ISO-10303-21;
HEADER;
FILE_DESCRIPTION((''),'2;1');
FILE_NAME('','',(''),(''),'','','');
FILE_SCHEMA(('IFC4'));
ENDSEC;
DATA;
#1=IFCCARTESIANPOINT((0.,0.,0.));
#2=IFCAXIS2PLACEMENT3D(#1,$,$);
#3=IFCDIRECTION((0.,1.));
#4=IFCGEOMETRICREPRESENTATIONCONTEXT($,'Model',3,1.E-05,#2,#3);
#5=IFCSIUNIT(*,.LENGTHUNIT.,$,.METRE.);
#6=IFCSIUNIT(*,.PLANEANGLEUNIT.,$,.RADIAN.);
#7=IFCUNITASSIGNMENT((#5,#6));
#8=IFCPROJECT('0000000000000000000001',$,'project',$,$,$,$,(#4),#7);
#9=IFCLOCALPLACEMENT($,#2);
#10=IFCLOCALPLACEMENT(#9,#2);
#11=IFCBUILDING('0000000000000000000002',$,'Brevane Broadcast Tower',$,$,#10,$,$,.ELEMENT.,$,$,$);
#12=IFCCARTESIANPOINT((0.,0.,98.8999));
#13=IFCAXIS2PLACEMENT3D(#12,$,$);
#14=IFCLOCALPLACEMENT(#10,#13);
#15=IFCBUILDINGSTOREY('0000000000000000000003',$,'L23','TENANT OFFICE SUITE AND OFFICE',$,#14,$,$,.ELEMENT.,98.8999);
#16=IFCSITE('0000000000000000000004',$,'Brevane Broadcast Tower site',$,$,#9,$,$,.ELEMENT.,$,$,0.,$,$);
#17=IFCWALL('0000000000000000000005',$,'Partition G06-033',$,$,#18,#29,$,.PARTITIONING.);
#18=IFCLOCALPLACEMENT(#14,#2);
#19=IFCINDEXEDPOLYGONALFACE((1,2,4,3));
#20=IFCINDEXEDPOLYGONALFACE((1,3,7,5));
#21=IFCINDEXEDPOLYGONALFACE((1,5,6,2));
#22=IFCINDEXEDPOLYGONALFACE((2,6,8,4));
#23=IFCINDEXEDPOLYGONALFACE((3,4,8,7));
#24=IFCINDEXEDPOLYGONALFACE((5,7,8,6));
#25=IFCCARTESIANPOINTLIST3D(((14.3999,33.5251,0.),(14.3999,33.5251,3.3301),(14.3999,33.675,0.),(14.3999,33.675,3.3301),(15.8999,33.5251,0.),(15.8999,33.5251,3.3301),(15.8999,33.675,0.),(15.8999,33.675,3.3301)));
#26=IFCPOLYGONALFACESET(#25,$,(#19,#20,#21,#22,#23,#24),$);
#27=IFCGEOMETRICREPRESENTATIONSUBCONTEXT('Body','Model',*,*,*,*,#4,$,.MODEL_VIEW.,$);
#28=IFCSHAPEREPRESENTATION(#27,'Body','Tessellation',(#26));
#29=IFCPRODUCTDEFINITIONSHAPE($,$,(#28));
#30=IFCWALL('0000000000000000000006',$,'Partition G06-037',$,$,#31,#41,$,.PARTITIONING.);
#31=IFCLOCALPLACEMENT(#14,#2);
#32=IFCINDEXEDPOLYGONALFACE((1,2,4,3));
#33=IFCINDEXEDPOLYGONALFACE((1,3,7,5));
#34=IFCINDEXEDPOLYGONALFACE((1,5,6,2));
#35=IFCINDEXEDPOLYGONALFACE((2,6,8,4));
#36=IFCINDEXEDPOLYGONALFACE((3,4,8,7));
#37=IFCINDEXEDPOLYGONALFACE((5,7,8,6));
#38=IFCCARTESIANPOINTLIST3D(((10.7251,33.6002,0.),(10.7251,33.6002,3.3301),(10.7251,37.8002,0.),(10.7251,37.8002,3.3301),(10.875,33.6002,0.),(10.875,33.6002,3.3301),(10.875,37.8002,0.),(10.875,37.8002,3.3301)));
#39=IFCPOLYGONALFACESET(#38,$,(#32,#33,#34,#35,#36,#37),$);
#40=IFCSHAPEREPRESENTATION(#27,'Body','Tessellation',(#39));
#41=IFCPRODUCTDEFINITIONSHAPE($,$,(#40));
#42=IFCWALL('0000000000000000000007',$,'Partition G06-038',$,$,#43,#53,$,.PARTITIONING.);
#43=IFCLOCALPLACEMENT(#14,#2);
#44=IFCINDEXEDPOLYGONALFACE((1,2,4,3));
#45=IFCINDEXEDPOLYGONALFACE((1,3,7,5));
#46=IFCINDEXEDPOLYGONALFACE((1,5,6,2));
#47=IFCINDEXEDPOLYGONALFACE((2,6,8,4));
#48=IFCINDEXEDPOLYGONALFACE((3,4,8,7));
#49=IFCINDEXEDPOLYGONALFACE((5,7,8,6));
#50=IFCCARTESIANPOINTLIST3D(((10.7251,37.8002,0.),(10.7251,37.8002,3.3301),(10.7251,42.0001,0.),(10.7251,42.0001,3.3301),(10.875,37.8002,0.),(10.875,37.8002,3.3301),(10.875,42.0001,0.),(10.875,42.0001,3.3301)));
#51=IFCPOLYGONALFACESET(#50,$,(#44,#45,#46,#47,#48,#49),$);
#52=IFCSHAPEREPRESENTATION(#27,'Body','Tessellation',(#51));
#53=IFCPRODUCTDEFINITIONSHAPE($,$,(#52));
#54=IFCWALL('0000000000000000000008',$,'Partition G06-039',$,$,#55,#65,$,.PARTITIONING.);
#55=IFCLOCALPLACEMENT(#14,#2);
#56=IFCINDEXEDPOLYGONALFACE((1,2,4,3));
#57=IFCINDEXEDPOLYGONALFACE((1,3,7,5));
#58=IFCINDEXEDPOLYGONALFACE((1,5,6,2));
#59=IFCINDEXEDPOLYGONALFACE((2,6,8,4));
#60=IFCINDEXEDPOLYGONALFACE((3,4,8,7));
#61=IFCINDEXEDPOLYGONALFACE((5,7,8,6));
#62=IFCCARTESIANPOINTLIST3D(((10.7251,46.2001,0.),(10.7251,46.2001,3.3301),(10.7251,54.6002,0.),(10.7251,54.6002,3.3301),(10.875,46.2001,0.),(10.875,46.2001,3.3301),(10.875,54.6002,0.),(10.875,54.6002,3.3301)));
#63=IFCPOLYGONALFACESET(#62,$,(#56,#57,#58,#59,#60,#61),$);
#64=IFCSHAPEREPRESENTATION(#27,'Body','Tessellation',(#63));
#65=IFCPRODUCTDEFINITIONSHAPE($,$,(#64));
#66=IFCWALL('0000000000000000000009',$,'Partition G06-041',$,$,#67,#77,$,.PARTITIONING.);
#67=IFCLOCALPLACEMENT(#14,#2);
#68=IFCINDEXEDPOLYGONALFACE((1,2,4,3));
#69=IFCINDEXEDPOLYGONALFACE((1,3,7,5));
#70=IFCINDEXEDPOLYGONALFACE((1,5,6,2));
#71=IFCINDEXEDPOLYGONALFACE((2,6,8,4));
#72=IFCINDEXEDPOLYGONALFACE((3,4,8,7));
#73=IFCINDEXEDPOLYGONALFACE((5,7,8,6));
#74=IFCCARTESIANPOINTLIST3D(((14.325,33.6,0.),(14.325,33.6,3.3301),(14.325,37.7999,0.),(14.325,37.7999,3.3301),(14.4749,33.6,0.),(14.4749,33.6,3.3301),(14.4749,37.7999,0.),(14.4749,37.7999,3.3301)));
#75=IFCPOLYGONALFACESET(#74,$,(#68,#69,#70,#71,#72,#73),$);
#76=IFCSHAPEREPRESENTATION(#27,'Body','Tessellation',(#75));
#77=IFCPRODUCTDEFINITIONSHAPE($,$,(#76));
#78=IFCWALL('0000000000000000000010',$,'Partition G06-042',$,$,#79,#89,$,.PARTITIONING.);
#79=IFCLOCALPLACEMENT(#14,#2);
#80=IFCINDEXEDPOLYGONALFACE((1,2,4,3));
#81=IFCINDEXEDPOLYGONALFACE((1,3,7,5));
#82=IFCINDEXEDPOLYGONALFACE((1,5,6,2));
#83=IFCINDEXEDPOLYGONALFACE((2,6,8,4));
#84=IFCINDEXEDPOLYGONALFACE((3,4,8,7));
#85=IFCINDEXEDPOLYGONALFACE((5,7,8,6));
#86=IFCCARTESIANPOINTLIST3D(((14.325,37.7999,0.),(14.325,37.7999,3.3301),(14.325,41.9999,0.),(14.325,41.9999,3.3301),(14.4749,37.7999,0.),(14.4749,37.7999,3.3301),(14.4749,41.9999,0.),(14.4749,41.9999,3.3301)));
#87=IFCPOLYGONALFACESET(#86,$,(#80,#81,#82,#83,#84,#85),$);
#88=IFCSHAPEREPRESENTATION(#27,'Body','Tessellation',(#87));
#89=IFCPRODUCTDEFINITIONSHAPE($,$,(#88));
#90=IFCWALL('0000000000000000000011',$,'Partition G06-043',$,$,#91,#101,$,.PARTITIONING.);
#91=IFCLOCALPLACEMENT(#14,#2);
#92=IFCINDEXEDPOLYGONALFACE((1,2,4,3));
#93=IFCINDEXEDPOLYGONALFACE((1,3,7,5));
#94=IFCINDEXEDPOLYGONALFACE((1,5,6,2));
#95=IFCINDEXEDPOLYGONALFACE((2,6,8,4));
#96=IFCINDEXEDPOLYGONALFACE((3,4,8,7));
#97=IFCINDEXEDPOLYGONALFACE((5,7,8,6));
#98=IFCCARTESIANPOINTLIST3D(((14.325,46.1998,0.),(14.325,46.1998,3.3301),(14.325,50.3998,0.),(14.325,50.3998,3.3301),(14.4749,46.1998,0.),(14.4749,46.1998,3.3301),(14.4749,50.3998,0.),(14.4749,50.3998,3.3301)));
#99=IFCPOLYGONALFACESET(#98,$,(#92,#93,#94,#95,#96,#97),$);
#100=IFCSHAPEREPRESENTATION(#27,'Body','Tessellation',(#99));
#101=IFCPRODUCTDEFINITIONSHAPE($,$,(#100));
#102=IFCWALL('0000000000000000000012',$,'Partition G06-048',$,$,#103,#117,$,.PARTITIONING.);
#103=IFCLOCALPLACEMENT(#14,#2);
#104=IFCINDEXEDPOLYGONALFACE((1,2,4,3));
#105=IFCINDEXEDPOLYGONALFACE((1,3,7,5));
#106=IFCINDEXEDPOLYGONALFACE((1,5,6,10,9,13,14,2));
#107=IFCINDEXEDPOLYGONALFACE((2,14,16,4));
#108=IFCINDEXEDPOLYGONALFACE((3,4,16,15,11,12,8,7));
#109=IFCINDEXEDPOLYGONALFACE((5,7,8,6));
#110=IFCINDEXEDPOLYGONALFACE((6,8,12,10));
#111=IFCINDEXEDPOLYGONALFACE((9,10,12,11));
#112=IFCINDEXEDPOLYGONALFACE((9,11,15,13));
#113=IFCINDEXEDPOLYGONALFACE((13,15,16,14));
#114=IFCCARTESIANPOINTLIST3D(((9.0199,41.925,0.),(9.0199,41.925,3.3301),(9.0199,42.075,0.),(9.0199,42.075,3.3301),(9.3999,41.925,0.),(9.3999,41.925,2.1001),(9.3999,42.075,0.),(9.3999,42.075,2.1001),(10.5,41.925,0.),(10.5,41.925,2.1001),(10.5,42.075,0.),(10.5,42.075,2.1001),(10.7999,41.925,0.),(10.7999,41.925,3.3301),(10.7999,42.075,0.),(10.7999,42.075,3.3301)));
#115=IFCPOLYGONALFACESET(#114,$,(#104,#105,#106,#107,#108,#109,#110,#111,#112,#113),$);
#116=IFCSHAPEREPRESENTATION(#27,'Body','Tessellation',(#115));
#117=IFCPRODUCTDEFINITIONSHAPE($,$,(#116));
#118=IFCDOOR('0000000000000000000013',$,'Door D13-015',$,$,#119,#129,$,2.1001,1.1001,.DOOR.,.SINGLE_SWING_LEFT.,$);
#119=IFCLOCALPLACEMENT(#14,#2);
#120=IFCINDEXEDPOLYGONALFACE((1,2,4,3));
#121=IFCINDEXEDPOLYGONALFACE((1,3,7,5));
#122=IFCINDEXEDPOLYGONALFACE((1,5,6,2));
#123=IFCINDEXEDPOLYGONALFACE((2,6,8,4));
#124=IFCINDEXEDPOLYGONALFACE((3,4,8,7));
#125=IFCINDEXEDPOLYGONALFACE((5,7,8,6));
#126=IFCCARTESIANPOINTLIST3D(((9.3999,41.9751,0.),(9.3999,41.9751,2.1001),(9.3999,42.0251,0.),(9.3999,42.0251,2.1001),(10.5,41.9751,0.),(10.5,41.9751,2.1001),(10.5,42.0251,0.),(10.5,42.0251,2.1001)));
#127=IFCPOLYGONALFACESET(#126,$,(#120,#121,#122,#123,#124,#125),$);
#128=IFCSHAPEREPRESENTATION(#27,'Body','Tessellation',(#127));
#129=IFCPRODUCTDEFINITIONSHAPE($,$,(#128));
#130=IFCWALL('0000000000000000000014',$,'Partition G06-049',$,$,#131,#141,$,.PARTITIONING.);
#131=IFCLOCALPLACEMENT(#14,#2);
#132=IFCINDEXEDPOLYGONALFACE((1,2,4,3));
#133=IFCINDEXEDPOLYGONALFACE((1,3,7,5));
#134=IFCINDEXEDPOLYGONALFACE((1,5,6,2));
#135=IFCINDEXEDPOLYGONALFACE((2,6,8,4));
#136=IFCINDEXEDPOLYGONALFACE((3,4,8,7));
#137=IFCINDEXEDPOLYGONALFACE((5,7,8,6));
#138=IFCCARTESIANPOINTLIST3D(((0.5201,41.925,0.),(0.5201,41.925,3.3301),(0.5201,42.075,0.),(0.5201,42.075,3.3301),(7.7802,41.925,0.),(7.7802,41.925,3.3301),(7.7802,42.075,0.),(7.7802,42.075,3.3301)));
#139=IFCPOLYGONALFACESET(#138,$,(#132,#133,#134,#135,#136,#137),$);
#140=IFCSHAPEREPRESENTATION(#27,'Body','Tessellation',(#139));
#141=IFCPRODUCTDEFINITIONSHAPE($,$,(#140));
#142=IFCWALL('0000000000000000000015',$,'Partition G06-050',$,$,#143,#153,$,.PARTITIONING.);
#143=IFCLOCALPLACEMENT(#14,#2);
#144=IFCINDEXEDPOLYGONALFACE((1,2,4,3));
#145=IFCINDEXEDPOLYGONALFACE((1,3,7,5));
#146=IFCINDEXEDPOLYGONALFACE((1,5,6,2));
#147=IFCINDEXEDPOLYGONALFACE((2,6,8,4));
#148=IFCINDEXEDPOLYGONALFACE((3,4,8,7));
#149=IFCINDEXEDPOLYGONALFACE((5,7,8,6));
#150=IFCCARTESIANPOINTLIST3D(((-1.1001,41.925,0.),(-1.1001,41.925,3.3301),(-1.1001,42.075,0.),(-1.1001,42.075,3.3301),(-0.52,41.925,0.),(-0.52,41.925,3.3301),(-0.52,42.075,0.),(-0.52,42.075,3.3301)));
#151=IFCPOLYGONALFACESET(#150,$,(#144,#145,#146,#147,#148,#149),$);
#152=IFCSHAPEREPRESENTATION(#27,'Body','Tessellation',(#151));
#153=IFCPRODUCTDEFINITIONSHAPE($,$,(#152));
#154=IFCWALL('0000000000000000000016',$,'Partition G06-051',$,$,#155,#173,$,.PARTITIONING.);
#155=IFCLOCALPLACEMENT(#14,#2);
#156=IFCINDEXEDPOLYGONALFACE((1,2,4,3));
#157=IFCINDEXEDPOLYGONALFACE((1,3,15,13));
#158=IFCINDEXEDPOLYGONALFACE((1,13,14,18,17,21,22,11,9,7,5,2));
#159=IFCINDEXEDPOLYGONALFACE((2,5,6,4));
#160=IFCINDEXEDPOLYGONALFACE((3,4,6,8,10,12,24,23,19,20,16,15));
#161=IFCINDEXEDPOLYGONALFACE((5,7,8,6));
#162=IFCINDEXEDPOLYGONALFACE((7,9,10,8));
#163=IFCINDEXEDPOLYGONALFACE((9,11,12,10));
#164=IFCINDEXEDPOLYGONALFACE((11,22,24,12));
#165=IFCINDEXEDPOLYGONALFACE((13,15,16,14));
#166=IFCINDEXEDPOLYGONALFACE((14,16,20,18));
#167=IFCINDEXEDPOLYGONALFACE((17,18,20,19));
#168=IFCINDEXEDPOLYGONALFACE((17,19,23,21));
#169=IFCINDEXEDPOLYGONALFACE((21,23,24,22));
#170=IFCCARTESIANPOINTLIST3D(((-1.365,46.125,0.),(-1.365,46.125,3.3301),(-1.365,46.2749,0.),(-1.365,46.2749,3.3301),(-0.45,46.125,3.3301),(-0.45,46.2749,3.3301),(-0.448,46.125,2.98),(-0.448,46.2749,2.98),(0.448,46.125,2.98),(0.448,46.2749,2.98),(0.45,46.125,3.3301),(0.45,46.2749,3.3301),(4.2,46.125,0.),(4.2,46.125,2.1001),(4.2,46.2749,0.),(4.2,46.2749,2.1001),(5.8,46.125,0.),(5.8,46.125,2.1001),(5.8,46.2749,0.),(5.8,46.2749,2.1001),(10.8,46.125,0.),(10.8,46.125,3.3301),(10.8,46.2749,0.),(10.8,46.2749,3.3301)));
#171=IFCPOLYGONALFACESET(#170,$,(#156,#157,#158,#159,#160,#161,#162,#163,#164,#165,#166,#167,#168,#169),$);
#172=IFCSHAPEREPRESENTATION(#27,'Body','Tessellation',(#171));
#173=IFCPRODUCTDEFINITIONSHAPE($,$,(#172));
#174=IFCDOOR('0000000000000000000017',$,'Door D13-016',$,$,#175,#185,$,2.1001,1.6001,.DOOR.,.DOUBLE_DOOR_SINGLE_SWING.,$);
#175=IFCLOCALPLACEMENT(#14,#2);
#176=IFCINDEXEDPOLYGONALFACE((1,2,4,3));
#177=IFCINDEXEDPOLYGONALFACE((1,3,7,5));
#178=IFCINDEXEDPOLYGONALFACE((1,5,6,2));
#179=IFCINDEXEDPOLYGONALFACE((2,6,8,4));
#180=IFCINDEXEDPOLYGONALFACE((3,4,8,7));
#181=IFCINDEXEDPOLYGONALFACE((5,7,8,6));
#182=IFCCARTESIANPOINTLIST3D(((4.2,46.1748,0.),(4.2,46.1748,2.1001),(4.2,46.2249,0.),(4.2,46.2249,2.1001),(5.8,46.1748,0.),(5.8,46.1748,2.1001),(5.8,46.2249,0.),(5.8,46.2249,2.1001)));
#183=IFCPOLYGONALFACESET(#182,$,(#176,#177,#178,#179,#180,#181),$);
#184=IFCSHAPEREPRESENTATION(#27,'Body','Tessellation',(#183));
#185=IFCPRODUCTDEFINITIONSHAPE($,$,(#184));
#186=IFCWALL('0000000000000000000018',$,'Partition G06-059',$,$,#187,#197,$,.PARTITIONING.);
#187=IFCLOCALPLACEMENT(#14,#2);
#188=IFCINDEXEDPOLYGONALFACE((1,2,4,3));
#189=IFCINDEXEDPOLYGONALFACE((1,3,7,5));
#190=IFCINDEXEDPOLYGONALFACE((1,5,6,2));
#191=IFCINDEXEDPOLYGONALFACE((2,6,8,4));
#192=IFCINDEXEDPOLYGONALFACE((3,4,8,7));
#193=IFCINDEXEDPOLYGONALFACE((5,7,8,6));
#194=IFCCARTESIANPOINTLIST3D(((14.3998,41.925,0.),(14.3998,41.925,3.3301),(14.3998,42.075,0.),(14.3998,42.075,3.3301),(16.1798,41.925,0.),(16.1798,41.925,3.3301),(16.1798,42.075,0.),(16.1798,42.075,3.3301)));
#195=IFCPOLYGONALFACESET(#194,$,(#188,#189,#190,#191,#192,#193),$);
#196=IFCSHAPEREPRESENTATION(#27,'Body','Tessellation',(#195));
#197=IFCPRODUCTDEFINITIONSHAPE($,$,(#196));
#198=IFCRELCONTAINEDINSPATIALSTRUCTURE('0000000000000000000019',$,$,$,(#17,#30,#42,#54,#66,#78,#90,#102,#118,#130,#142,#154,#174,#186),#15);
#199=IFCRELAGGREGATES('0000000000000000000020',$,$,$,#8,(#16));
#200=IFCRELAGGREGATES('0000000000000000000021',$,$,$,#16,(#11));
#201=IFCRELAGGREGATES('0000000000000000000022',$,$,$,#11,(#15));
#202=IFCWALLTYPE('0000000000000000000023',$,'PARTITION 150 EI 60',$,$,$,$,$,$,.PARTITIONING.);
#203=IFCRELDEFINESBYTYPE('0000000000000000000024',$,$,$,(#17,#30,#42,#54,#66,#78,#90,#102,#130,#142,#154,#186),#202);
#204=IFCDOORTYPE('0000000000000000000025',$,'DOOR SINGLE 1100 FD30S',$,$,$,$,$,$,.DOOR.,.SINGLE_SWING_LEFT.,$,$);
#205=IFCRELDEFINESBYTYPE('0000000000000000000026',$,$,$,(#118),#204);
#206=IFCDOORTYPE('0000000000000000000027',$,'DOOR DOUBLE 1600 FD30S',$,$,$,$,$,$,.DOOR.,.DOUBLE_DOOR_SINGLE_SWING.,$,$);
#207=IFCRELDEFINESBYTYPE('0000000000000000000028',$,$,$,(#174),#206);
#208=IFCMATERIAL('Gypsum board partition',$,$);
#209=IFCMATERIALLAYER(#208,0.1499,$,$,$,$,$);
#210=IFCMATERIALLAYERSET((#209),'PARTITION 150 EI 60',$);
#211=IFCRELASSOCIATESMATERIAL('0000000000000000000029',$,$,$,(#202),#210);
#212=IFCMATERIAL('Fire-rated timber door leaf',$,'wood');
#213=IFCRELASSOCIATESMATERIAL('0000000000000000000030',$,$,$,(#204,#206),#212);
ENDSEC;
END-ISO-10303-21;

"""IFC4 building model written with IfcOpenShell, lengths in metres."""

from ifc_helpers import new_model, si_unit, direction, frame, frame_2d, origin, place, context, subcontext, project, spatial, polyline, rectangle, outline, extrude, material, layer, layer_set, type_object, element, fill, save


model = new_model("IFC4")

# Units and contexts
model_context = context("Model", 3, precision=1e-05, world=origin(), true_north=direction((0.0, 1.0)))
body_context = subcontext(model_context, "Body", "Model", "MODEL_VIEW")
ifc_project = project(units=[si_unit("LENGTHUNIT", "METRE"), si_unit("PLANEANGLEUNIT", "RADIAN")], contexts=[model_context])

# Site, building, storey
site_placement = place(None, origin())
site = spatial("IfcSite", under=ifc_project, at=site_placement, Name="Brevane Broadcast Tower site", CompositionType="ELEMENT", RefElevation=0.0)
building_placement = place(site_placement, origin())
building = spatial("IfcBuilding", under=site, at=building_placement, Name="Brevane Broadcast Tower", CompositionType="ELEMENT")
storey_placement = place(building_placement, frame((0.0, 0.0, 98.8999)))
storey = spatial("IfcBuildingStorey", under=building, at=storey_placement, Name="L23", Description="TENANT OFFICE SUITE AND OFFICE", CompositionType="ELEMENT", Elevation=98.8999)

# Walls
ifc_material_1 = material(Name="Gypsum board partition")
ifc_layer_1 = layer(ifc_material_1, 0.1499)
ifc_layer_set_1 = layer_set([ifc_layer_1], Name="PARTITION 150 EI 60")
wall_type_1 = type_object("IfcWallType", Name="PARTITION 150 EI 60", PredefinedType="PARTITIONING", material=ifc_layer_set_1)
wall_1_placement = place(storey_placement, frame((14.3999, 33.6001, 0.0), z_axis=(0.0, 0.0, 1.0), x_axis=(1.0, 0.0, 0.0)))
element("IfcWall", 1, at=wall_1_placement, inside=storey, type_object=wall_type_1, Name="Partition G06-033", PredefinedType="PARTITIONING", context=body_context, shape_type="SweptSolid", body=[
    extrude(rectangle(XDim=1.5, YDim=0.1499, at=frame_2d((0.75, 0.0))), origin(), (0.0, 0.0, 1.0), 3.3301),
])
for number, where, z_axis, x_axis, name in (
    (2, (10.8, 33.6001, 0.0), (0.0, 0.0, 1.0), (0.0, 1.0, 0.0), "Partition G06-037"),
    (3, (10.8, 37.8, 0.0), (0.0, 0.0, 1.0), (0.0, 1.0, 0.0), "Partition G06-038"),
):
    element("IfcWall", number, at=place(storey_placement, frame(where, z_axis=z_axis, x_axis=x_axis)), inside=storey, type_object=wall_type_1, Name=name, PredefinedType="PARTITIONING", context=body_context, shape_type="SweptSolid", body=[
        extrude(rectangle(XDim=4.2, YDim=0.1499, at=frame_2d((2.1001, 0.0))), origin(), (0.0, 0.0, 1.0), 3.3301),
    ])
wall_2_placement = place(storey_placement, frame((10.8, 46.2, 0.0), z_axis=(0.0, 0.0, 1.0), x_axis=(0.0, 1.0, 0.0)))
element("IfcWall", 4, at=wall_2_placement, inside=storey, type_object=wall_type_1, Name="Partition G06-039", PredefinedType="PARTITIONING", context=body_context, shape_type="SweptSolid", body=[
    extrude(rectangle(XDim=8.4001, YDim=0.1499, at=frame_2d((4.2002, 0.0))), origin(), (0.0, 0.0, 1.0), 3.3301),
])
for number, where, z_axis, x_axis, name in (
    (5, (14.3999, 37.8, 0.0), (0.0, 0.0, 1.0), (0.0, -1.0, 0.0), "Partition G06-041"),
    (6, (14.3999, 42.0, 0.0), (0.0, 0.0, 1.0), (0.0, -1.0, 0.0), "Partition G06-042"),
    (7, (14.3999, 50.3999, 0.0), (0.0, 0.0, 1.0), (0.0, -1.0, 0.0), "Partition G06-043"),
):
    element("IfcWall", number, at=place(storey_placement, frame(where, z_axis=z_axis, x_axis=x_axis)), inside=storey, type_object=wall_type_1, Name=name, PredefinedType="PARTITIONING", context=body_context, shape_type="SweptSolid", body=[
        extrude(rectangle(XDim=4.2, YDim=0.1499, at=frame_2d((2.1001, 0.0))), origin(), (0.0, 0.0, 1.0), 3.3301),
    ])

# Wall, opening, door
wall_3_placement = place(storey_placement, frame((10.8, 42.0, 0.0), z_axis=(0.0, 0.0, 1.0), x_axis=(-1.0, 0.0, 0.0)))
wall_3 = element("IfcWall", 8, at=wall_3_placement, inside=storey, type_object=wall_type_1, Name="Partition G06-048", PredefinedType="PARTITIONING", context=body_context, shape_type="SweptSolid", body=[
    extrude(rectangle(XDim=1.78, YDim=0.1499, at=frame_2d((0.8901, 0.0))), origin(), (0.0, 0.0, 1.0), 3.3301),
])
opening_1_placement = place(wall_3_placement, frame((0.3, 0.0, 0.0)))
opening_1 = element("IfcOpeningElement", 9, at=opening_1_placement, cuts=wall_3, PredefinedType="OPENING", context=body_context, shape_type="SweptSolid", body=[
    extrude(rectangle(XDim=1.1001, YDim=2.1001, at=frame_2d((0.55, 1.05))), frame((0.0, 0.085, 0.0), z_axis=(0.0, -1.0, 0.0), x_axis=(1.0, 0.0, 0.0)), (0.0, 0.0, 1.0), 0.1699),
])
ifc_material_2 = material(Name="Fire-rated timber door leaf", Category="wood")
door_type_1 = type_object("IfcDoorType", Name="DOOR SINGLE 1100 FD30S", OperationType="SINGLE_SWING_LEFT", PredefinedType="DOOR", material=ifc_material_2)
door_1_placement = place(opening_1_placement, origin())
door_1 = element("IfcDoor", 10, at=door_1_placement, inside=storey, type_object=door_type_1, Name="Door D13-015", OperationType="SINGLE_SWING_LEFT", OverallHeight=2.1001, OverallWidth=1.1001, PredefinedType="DOOR", context=body_context, shape_type="SweptSolid", body=[
    extrude(rectangle(XDim=1.1001, YDim=2.1001, at=frame_2d((0.55, 1.05))), frame((0.0, 0.0249, 0.0), z_axis=(0.0, -1.0, 0.0), x_axis=(1.0, 0.0, 0.0)), (0.0, 0.0, 1.0), 0.05),
])
fill(opening_1, door_1)

# Walls
wall_4_placement = place(storey_placement, frame((7.78, 42.0, 0.0), z_axis=(0.0, 0.0, 1.0), x_axis=(-1.0, 0.0, 0.0)))
element("IfcWall", 11, at=wall_4_placement, inside=storey, type_object=wall_type_1, Name="Partition G06-049", PredefinedType="PARTITIONING", context=body_context, shape_type="SweptSolid", body=[
    extrude(rectangle(XDim=7.26, YDim=0.1499, at=frame_2d((3.6299, 0.0))), origin(), (0.0, 0.0, 1.0), 3.3301),
])
wall_5_placement = place(storey_placement, frame((-0.52, 42.0, 0.0), z_axis=(0.0, 0.0, 1.0), x_axis=(-1.0, 0.0, 0.0)))
element("IfcWall", 12, at=wall_5_placement, inside=storey, type_object=wall_type_1, Name="Partition G06-050", PredefinedType="PARTITIONING", context=body_context, shape_type="SweptSolid", body=[
    extrude(rectangle(XDim=0.5801, YDim=0.1499, at=frame_2d((0.29, 0.0))), origin(), (0.0, 0.0, 1.0), 3.3301),
])

# Wall, opening, door
wall_6_placement = place(storey_placement, frame((-1.365, 46.2, 0.0), z_axis=(0.0, 0.0, 1.0), x_axis=(1.0, 0.0, 0.0)))
wall_6 = element("IfcWall", 13, at=wall_6_placement, inside=storey, type_object=wall_type_1, Name="Partition G06-051", PredefinedType="PARTITIONING", context=body_context, shape_type="SweptSolid", body=[
    extrude(outline(polyline([(0.0, 0.0), (12.165, 0.0), (12.165, 3.3301), (1.8149, 3.3301), (1.813, 2.98), (0.917, 2.98), (0.915, 3.3301), (0.2649, 3.3301), (0.0, 3.3301), (0.0, 0.0)])), frame((0.0, 0.075, 0.0), z_axis=(0.0, -1.0, 0.0), x_axis=(1.0, 0.0, 0.0)), (0.0, 0.0, 1.0), 0.1499),
])
opening_2_placement = place(wall_6_placement, frame((5.5649, 0.0, 0.0)))
opening_2 = element("IfcOpeningElement", 14, at=opening_2_placement, cuts=wall_6, PredefinedType="OPENING", context=body_context, shape_type="SweptSolid", body=[
    extrude(rectangle(XDim=1.6001, YDim=2.1001, at=frame_2d((0.8, 1.05))), frame((0.0, 0.085, 0.0), z_axis=(0.0, -1.0, 0.0), x_axis=(1.0, 0.0, 0.0)), (0.0, 0.0, 1.0), 0.1699),
])
door_type_2 = type_object("IfcDoorType", Name="DOOR DOUBLE 1600 FD30S", OperationType="DOUBLE_DOOR_SINGLE_SWING", PredefinedType="DOOR", material=ifc_material_2)
door_2_placement = place(opening_2_placement, origin())
door_2 = element("IfcDoor", 15, at=door_2_placement, inside=storey, type_object=door_type_2, Name="Door D13-016", OperationType="DOUBLE_DOOR_SINGLE_SWING", OverallHeight=2.1001, OverallWidth=1.6001, PredefinedType="DOOR", context=body_context, shape_type="SweptSolid", body=[
    extrude(rectangle(XDim=1.6001, YDim=2.1001, at=frame_2d((0.8, 1.05))), frame((0.0, 0.0249, 0.0), z_axis=(0.0, -1.0, 0.0), x_axis=(1.0, 0.0, 0.0)), (0.0, 0.0, 1.0), 0.05),
])
fill(opening_2, door_2)

# Wall
wall_7_placement = place(storey_placement, frame((16.1799, 42.0, 0.0), z_axis=(0.0, 0.0, 1.0), x_axis=(-1.0, 0.0, 0.0)))
element("IfcWall", 16, at=wall_7_placement, inside=storey, type_object=wall_type_1, Name="Partition G06-059", PredefinedType="PARTITIONING", context=body_context, shape_type="SweptSolid", body=[
    extrude(rectangle(XDim=1.78, YDim=0.1499, at=frame_2d((0.8901, 0.0))), origin(), (0.0, 0.0, 1.0), 3.3301),
])

save(model, "model.ifc")
